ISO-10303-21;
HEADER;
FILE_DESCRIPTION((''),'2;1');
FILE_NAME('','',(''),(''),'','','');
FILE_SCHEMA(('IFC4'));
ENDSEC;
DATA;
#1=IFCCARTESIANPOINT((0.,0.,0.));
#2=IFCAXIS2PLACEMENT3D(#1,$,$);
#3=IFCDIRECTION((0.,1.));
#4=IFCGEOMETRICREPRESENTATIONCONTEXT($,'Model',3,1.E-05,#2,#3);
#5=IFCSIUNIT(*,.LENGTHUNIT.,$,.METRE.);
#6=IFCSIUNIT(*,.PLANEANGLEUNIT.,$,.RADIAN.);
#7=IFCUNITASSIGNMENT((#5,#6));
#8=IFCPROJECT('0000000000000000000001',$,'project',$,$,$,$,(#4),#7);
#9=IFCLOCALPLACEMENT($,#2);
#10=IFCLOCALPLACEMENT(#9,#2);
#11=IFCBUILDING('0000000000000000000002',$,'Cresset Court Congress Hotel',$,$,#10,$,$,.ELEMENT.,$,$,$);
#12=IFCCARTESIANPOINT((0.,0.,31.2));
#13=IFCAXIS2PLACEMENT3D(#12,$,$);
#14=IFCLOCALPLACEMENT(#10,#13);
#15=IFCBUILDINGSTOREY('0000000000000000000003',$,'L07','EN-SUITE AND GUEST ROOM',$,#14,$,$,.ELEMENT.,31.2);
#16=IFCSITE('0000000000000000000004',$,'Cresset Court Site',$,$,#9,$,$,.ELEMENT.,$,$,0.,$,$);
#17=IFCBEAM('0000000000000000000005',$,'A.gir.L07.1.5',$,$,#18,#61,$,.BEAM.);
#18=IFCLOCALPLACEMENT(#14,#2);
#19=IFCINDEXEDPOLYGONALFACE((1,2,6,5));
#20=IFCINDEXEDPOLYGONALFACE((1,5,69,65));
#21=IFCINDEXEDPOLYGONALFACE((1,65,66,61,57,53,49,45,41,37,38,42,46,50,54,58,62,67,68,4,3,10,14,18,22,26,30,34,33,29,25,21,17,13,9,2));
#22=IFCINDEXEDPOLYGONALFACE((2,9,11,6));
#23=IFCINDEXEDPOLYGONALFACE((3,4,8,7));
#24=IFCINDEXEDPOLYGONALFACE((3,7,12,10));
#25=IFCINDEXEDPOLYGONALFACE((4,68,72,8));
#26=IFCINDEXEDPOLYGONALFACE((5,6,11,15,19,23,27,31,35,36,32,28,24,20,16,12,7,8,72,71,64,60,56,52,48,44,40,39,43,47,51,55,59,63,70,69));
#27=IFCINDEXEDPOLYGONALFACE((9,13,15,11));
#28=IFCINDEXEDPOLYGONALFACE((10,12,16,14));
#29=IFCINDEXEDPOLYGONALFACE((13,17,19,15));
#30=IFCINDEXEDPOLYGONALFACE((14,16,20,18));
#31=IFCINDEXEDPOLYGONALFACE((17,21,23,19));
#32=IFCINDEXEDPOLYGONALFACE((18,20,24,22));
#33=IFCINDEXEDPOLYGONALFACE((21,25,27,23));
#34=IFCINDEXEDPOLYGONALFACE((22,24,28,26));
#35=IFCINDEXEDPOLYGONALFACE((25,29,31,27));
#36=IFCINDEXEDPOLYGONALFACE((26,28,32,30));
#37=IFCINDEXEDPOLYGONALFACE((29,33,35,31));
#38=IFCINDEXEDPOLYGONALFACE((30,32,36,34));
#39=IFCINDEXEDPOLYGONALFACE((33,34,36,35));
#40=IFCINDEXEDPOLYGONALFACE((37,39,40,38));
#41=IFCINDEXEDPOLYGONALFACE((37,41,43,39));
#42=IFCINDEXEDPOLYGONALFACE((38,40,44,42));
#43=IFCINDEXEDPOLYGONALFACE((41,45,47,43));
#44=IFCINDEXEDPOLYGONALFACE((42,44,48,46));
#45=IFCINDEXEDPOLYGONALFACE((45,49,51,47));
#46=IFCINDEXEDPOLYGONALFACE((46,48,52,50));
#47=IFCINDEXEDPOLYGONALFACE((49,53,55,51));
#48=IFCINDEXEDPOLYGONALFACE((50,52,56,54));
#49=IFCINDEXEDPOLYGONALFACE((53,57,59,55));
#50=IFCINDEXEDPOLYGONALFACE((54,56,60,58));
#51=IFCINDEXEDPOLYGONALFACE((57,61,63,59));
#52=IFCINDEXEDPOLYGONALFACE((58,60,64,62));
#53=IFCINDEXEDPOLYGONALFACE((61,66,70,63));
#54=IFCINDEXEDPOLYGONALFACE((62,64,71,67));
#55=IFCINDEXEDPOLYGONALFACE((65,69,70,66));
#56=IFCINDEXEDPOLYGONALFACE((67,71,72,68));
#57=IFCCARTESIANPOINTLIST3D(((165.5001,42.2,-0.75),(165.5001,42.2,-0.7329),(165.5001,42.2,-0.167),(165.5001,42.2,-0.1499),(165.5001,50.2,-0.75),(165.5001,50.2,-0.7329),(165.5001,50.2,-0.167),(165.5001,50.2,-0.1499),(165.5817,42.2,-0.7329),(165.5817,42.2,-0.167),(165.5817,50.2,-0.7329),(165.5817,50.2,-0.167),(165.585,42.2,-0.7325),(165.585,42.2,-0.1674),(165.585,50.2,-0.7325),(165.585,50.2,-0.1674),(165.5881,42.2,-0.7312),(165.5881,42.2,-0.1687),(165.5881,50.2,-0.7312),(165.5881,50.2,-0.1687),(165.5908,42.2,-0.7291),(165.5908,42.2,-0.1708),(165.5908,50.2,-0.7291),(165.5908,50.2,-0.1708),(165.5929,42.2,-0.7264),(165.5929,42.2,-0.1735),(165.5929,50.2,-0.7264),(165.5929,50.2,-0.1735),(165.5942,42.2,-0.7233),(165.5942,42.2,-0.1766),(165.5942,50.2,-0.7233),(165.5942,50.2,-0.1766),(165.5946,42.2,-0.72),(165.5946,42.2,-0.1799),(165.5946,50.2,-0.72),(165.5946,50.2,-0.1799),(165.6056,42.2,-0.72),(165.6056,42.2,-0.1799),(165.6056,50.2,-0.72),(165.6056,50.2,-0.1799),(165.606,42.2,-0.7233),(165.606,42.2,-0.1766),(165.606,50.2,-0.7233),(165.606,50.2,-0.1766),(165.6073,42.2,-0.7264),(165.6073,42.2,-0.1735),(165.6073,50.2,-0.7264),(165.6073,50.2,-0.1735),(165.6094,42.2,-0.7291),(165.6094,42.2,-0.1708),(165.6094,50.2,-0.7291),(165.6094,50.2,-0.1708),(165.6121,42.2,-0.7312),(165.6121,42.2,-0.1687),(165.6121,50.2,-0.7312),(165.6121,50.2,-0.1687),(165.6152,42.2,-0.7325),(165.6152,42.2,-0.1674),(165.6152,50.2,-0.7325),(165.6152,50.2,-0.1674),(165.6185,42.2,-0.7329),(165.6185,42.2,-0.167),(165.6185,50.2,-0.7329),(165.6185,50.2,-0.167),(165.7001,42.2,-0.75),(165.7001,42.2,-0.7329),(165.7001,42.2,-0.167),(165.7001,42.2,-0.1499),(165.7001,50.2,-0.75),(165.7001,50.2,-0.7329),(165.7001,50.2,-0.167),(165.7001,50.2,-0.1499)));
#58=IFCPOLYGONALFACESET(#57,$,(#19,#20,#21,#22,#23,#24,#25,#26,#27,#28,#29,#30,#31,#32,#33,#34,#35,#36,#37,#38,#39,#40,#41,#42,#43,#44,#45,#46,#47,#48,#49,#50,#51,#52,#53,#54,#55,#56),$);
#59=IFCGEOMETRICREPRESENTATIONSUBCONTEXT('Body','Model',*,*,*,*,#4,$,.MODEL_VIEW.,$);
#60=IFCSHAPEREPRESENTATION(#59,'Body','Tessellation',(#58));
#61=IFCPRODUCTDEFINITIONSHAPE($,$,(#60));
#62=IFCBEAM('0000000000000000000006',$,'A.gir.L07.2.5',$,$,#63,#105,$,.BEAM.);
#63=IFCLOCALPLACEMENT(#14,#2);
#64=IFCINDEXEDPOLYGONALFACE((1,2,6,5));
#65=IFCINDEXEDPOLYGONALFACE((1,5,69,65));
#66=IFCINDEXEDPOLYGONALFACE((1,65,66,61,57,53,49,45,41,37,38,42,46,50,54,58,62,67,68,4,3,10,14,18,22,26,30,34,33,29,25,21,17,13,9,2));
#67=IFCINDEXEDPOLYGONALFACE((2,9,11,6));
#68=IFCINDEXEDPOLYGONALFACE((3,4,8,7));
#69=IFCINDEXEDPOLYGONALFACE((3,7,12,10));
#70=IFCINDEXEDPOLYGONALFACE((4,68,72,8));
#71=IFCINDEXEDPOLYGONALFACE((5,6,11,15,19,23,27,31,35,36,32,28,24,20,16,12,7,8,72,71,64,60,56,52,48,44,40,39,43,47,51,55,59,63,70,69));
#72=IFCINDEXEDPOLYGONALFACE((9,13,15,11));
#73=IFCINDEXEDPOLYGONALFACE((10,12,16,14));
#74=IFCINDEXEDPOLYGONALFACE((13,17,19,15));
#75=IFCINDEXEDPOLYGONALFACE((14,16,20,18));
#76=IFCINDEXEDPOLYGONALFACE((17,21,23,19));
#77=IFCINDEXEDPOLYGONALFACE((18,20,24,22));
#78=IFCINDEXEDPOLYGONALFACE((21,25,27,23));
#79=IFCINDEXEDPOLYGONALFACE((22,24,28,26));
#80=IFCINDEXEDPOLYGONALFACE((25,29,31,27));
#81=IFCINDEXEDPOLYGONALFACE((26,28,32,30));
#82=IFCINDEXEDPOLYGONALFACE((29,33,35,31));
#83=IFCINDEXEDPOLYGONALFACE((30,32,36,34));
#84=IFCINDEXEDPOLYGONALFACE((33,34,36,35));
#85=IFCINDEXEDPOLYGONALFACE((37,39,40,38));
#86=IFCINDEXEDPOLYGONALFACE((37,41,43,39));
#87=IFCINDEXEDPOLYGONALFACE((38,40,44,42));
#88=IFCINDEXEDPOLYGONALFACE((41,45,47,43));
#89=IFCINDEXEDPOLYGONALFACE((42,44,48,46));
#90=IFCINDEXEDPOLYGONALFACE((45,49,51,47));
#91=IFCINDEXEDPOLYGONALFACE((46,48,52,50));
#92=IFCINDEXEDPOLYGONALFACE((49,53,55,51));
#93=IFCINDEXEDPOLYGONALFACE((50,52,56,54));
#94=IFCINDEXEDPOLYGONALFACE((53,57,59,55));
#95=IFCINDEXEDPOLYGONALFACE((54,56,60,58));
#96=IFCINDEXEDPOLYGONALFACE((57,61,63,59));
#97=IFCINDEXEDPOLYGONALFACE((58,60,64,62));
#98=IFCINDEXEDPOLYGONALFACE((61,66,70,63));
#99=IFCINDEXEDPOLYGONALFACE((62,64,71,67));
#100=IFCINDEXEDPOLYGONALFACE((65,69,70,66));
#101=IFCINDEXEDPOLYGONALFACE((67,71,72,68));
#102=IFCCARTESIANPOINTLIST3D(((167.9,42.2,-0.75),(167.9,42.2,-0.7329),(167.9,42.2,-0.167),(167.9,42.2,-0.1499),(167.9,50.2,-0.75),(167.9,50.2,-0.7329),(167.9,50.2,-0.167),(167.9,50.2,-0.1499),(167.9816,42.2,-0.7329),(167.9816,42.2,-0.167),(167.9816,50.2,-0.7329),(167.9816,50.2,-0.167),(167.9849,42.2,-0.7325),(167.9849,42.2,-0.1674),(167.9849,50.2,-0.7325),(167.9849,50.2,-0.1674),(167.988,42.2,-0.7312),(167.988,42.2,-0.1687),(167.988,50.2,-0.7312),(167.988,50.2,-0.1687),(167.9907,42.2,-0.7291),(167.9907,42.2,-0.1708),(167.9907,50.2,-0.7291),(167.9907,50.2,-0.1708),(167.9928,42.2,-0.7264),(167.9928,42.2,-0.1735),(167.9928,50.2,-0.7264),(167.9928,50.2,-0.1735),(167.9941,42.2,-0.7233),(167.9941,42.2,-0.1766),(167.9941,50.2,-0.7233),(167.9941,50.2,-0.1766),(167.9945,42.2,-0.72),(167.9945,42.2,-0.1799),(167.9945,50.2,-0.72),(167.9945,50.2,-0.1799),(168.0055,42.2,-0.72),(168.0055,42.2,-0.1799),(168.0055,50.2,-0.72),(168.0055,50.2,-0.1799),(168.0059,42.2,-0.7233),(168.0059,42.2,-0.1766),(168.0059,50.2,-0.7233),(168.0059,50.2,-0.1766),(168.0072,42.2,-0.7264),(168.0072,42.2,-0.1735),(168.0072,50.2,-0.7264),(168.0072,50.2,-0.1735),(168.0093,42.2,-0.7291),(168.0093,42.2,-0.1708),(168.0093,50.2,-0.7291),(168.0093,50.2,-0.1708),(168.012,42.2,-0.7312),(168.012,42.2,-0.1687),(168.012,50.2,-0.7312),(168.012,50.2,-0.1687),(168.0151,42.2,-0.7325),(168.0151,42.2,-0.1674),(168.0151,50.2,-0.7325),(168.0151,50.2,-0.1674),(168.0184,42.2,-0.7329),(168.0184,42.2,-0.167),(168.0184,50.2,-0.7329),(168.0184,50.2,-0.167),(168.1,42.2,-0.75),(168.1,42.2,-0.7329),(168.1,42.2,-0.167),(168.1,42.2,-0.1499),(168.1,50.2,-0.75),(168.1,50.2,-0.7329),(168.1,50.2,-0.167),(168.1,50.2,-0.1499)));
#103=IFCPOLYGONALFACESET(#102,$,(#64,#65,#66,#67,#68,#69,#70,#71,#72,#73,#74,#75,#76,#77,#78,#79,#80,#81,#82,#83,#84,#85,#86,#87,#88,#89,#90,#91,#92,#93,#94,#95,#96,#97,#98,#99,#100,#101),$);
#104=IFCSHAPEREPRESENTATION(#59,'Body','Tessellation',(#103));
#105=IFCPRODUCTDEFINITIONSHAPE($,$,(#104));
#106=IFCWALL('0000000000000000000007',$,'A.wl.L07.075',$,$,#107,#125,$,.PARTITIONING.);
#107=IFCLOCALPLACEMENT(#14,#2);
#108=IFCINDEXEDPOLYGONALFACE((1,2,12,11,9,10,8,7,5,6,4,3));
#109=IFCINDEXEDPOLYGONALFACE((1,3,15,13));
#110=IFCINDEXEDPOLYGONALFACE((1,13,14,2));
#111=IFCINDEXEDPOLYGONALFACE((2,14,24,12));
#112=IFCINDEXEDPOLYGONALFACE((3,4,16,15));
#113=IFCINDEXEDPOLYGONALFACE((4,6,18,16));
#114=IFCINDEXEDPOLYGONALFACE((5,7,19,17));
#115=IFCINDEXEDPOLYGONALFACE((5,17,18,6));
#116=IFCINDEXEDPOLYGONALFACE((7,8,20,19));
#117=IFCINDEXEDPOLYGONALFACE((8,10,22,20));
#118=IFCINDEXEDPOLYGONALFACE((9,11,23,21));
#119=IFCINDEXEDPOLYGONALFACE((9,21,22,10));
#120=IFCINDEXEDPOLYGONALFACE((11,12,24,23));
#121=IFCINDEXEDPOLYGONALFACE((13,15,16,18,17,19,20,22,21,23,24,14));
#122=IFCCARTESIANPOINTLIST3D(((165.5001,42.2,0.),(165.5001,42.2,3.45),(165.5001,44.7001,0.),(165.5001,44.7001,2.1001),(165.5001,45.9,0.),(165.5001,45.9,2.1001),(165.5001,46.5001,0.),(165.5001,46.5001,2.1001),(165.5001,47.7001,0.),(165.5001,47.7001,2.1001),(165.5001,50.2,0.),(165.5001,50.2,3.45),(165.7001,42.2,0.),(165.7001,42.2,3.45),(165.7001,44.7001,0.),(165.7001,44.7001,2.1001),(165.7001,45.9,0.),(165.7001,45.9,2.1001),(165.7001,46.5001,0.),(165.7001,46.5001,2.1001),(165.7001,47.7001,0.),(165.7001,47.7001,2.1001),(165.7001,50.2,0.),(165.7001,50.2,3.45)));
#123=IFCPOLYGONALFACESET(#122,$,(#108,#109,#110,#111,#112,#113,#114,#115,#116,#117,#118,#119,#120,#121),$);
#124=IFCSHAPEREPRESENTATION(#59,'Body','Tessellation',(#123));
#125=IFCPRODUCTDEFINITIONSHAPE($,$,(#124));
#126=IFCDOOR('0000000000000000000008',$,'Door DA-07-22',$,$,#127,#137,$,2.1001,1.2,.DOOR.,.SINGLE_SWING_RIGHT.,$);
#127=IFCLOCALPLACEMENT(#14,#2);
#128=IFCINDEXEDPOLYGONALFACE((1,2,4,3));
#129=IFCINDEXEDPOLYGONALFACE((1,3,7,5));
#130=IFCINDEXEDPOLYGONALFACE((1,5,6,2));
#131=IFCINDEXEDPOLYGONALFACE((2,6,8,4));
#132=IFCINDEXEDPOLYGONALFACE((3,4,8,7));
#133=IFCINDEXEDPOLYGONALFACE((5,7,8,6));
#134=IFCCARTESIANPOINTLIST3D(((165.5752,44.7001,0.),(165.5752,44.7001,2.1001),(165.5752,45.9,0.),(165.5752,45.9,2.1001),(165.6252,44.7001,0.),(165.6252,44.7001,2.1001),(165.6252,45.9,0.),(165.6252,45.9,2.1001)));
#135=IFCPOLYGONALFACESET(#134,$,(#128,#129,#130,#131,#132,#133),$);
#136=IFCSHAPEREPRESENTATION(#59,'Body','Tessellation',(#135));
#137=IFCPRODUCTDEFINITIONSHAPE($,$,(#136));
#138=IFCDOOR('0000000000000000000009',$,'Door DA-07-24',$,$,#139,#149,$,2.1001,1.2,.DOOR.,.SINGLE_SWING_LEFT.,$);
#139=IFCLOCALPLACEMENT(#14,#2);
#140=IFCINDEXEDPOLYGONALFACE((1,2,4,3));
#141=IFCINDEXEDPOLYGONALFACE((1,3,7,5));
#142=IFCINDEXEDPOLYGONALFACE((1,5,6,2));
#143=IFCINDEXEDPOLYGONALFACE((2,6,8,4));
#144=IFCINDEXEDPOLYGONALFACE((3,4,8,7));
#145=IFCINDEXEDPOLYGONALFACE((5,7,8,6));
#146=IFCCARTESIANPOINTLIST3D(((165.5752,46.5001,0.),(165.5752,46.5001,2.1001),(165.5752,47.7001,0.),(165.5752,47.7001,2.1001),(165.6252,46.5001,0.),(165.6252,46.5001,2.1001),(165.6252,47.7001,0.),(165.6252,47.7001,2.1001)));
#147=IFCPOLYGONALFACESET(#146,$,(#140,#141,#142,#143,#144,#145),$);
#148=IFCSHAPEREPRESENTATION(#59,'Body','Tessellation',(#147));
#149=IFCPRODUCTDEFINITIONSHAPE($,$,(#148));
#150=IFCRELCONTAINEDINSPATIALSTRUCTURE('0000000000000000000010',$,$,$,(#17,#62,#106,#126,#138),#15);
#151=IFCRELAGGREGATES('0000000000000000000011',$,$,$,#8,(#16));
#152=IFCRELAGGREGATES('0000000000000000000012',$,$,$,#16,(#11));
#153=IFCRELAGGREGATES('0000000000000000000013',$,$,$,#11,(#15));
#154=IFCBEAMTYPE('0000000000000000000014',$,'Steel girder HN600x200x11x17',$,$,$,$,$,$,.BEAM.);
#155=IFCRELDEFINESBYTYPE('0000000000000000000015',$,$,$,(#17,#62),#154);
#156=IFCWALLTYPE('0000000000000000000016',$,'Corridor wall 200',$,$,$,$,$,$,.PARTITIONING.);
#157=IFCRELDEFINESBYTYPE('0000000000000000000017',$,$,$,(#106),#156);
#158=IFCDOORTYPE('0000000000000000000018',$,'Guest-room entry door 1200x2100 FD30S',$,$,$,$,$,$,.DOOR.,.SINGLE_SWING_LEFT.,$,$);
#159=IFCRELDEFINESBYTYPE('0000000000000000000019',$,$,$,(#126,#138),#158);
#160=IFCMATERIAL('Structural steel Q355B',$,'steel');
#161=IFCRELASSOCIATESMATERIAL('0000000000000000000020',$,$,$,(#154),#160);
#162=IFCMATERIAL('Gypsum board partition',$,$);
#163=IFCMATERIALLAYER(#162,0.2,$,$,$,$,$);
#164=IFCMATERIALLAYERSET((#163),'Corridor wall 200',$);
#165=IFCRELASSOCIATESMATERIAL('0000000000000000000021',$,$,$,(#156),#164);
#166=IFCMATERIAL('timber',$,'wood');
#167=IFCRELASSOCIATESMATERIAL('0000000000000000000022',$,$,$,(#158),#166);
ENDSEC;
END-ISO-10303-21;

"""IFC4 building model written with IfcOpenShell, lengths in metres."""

from ifc_helpers import new_model, si_unit, direction, frame, frame_2d, origin, origin_2d, place, context, subcontext, project, spatial, rectangle, i_section, extrude, material, layer, layer_set, material_profile, profile_set, type_object, element, fill, save


model = new_model("IFC4")

# Units and contexts
model_context = context("Model", 3, precision=1e-05, world=origin(), true_north=direction((0.0, 1.0)))
body_context = subcontext(model_context, "Body", "Model", "MODEL_VIEW")
ifc_project = project(units=[si_unit("LENGTHUNIT", "METRE"), si_unit("PLANEANGLEUNIT", "RADIAN")], contexts=[model_context])

# Site, building, storey
site_placement = place(None, origin())
site = spatial("IfcSite", under=ifc_project, at=site_placement, Name="Cresset Court Site", CompositionType="ELEMENT", RefElevation=0.0)
building_placement = place(site_placement, origin())
building = spatial("IfcBuilding", under=site, at=building_placement, Name="Cresset Court Congress Hotel", CompositionType="ELEMENT")
storey_placement = place(building_placement, frame((0.0, 0.0, 31.2)))
storey = spatial("IfcBuildingStorey", under=building, at=storey_placement, Name="L07", Description="EN-SUITE AND GUEST ROOM", CompositionType="ELEMENT", Elevation=31.2)

# Beams
ifc_material_1 = material(Name="Structural steel Q355B", Category="steel")
ifc_material_profile_1 = material_profile(ifc_material_1, i_section(OverallWidth=0.2, OverallDepth=0.6001, WebThickness=0.011, FlangeThickness=0.0171, FilletRadius=0.0129, at=origin_2d()), Name="HN600x200x11x17")
ifc_profile_set_1 = profile_set([ifc_material_profile_1], Name="Structural steel Q355B")
beam_type_1 = type_object("IfcBeamType", Name="Steel girder HN600x200x11x17", PredefinedType="BEAM", material=ifc_profile_set_1)
for number, where, z_axis, x_axis, name in (
    (1, (165.6001, 42.2, -0.45), (0.0, 1.0, 0.0), (-1.0, 0.0, 0.0), "A.gir.L07.1.5"),
    (2, (168.0, 42.2, -0.45), (0.0, 1.0, 0.0), (-1.0, 0.0, 0.0), "A.gir.L07.2.5"),
):
    element("IfcBeam", number, at=place(storey_placement, frame(where, z_axis=z_axis, x_axis=x_axis)), inside=storey, type_object=beam_type_1, Name=name, PredefinedType="BEAM", context=body_context, shape_type="SweptSolid", body=[
        extrude(i_section(OverallWidth=0.2, OverallDepth=0.6001, WebThickness=0.011, FlangeThickness=0.0171, FilletRadius=0.0129, at=origin_2d()), origin(), (0.0, 0.0, 1.0), 8.0),
    ])

# Wall, openings, doors
ifc_material_2 = material(Name="Gypsum board partition")
ifc_layer_1 = layer(ifc_material_2, 0.2)
ifc_layer_set_1 = layer_set([ifc_layer_1], Name="Corridor wall 200")
wall_type_1 = type_object("IfcWallType", Name="Corridor wall 200", PredefinedType="PARTITIONING", material=ifc_layer_set_1)
wall_1_placement = place(storey_placement, frame((165.6001, 42.2, 0.0), z_axis=(0.0, 0.0, 1.0), x_axis=(0.0, 1.0, 0.0)))
wall_1 = element("IfcWall", 3, at=wall_1_placement, inside=storey, type_object=wall_type_1, Name="A.wl.L07.075", PredefinedType="PARTITIONING", context=body_context, shape_type="SweptSolid", body=[
    extrude(rectangle(XDim=8.0, YDim=0.2, at=frame_2d((4.0, 0.0))), origin(), (0.0, 0.0, 1.0), 3.45),
])
opening_1_placement = place(wall_1_placement, frame((2.5, 0.0, 0.0)))
opening_1 = element("IfcOpeningElement", 4, at=opening_1_placement, cuts=wall_1, PredefinedType="OPENING", context=body_context, shape_type="SweptSolid", body=[
    extrude(rectangle(XDim=1.2, YDim=2.1001, at=frame_2d((0.6001, 1.05))), frame((0.0, 0.1099, 0.0), z_axis=(0.0, -1.0, 0.0), x_axis=(1.0, 0.0, 0.0)), (0.0, 0.0, 1.0), 0.22),
])
opening_2_placement = place(wall_1_placement, frame((4.3, 0.0, 0.0)))
opening_2 = element("IfcOpeningElement", 5, at=opening_2_placement, cuts=wall_1, PredefinedType="OPENING", context=body_context, shape_type="SweptSolid", body=[
    extrude(rectangle(XDim=1.2, YDim=2.1001, at=frame_2d((0.6001, 1.05))), frame((0.0, 0.1099, 0.0), z_axis=(0.0, -1.0, 0.0), x_axis=(1.0, 0.0, 0.0)), (0.0, 0.0, 1.0), 0.22),
])
ifc_material_3 = material(Name="timber", Category="wood")
door_type = type_object("IfcDoorType", Name="Guest-room entry door 1200x2100 FD30S", OperationType="SINGLE_SWING_LEFT", PredefinedType="DOOR", material=ifc_material_3)
door_1_placement = place(opening_1_placement, origin())
door_1 = element("IfcDoor", 6, at=door_1_placement, inside=storey, type_object=door_type, Name="Door DA-07-22", OperationType="SINGLE_SWING_RIGHT", OverallHeight=2.1001, OverallWidth=1.2, PredefinedType="DOOR", context=body_context, shape_type="SweptSolid", body=[
    extrude(rectangle(XDim=1.2, YDim=2.1001, at=frame_2d((0.6001, 1.05))), frame((0.0, 0.0249, 0.0), z_axis=(0.0, -1.0, 0.0), x_axis=(1.0, 0.0, 0.0)), (0.0, 0.0, 1.0), 0.05),
])
fill(opening_1, door_1)
door_2_placement = place(opening_2_placement, origin())
door_2 = element("IfcDoor", 7, at=door_2_placement, inside=storey, type_object=door_type, Name="Door DA-07-24", OperationType="SINGLE_SWING_LEFT", OverallHeight=2.1001, OverallWidth=1.2, PredefinedType="DOOR", context=body_context, shape_type="SweptSolid", body=[
    extrude(rectangle(XDim=1.2, YDim=2.1001, at=frame_2d((0.6001, 1.05))), frame((0.0, 0.0249, 0.0), z_axis=(0.0, -1.0, 0.0), x_axis=(1.0, 0.0, 0.0)), (0.0, 0.0, 1.0), 0.05),
])
fill(opening_2, door_2)

save(model, "model.ifc")
